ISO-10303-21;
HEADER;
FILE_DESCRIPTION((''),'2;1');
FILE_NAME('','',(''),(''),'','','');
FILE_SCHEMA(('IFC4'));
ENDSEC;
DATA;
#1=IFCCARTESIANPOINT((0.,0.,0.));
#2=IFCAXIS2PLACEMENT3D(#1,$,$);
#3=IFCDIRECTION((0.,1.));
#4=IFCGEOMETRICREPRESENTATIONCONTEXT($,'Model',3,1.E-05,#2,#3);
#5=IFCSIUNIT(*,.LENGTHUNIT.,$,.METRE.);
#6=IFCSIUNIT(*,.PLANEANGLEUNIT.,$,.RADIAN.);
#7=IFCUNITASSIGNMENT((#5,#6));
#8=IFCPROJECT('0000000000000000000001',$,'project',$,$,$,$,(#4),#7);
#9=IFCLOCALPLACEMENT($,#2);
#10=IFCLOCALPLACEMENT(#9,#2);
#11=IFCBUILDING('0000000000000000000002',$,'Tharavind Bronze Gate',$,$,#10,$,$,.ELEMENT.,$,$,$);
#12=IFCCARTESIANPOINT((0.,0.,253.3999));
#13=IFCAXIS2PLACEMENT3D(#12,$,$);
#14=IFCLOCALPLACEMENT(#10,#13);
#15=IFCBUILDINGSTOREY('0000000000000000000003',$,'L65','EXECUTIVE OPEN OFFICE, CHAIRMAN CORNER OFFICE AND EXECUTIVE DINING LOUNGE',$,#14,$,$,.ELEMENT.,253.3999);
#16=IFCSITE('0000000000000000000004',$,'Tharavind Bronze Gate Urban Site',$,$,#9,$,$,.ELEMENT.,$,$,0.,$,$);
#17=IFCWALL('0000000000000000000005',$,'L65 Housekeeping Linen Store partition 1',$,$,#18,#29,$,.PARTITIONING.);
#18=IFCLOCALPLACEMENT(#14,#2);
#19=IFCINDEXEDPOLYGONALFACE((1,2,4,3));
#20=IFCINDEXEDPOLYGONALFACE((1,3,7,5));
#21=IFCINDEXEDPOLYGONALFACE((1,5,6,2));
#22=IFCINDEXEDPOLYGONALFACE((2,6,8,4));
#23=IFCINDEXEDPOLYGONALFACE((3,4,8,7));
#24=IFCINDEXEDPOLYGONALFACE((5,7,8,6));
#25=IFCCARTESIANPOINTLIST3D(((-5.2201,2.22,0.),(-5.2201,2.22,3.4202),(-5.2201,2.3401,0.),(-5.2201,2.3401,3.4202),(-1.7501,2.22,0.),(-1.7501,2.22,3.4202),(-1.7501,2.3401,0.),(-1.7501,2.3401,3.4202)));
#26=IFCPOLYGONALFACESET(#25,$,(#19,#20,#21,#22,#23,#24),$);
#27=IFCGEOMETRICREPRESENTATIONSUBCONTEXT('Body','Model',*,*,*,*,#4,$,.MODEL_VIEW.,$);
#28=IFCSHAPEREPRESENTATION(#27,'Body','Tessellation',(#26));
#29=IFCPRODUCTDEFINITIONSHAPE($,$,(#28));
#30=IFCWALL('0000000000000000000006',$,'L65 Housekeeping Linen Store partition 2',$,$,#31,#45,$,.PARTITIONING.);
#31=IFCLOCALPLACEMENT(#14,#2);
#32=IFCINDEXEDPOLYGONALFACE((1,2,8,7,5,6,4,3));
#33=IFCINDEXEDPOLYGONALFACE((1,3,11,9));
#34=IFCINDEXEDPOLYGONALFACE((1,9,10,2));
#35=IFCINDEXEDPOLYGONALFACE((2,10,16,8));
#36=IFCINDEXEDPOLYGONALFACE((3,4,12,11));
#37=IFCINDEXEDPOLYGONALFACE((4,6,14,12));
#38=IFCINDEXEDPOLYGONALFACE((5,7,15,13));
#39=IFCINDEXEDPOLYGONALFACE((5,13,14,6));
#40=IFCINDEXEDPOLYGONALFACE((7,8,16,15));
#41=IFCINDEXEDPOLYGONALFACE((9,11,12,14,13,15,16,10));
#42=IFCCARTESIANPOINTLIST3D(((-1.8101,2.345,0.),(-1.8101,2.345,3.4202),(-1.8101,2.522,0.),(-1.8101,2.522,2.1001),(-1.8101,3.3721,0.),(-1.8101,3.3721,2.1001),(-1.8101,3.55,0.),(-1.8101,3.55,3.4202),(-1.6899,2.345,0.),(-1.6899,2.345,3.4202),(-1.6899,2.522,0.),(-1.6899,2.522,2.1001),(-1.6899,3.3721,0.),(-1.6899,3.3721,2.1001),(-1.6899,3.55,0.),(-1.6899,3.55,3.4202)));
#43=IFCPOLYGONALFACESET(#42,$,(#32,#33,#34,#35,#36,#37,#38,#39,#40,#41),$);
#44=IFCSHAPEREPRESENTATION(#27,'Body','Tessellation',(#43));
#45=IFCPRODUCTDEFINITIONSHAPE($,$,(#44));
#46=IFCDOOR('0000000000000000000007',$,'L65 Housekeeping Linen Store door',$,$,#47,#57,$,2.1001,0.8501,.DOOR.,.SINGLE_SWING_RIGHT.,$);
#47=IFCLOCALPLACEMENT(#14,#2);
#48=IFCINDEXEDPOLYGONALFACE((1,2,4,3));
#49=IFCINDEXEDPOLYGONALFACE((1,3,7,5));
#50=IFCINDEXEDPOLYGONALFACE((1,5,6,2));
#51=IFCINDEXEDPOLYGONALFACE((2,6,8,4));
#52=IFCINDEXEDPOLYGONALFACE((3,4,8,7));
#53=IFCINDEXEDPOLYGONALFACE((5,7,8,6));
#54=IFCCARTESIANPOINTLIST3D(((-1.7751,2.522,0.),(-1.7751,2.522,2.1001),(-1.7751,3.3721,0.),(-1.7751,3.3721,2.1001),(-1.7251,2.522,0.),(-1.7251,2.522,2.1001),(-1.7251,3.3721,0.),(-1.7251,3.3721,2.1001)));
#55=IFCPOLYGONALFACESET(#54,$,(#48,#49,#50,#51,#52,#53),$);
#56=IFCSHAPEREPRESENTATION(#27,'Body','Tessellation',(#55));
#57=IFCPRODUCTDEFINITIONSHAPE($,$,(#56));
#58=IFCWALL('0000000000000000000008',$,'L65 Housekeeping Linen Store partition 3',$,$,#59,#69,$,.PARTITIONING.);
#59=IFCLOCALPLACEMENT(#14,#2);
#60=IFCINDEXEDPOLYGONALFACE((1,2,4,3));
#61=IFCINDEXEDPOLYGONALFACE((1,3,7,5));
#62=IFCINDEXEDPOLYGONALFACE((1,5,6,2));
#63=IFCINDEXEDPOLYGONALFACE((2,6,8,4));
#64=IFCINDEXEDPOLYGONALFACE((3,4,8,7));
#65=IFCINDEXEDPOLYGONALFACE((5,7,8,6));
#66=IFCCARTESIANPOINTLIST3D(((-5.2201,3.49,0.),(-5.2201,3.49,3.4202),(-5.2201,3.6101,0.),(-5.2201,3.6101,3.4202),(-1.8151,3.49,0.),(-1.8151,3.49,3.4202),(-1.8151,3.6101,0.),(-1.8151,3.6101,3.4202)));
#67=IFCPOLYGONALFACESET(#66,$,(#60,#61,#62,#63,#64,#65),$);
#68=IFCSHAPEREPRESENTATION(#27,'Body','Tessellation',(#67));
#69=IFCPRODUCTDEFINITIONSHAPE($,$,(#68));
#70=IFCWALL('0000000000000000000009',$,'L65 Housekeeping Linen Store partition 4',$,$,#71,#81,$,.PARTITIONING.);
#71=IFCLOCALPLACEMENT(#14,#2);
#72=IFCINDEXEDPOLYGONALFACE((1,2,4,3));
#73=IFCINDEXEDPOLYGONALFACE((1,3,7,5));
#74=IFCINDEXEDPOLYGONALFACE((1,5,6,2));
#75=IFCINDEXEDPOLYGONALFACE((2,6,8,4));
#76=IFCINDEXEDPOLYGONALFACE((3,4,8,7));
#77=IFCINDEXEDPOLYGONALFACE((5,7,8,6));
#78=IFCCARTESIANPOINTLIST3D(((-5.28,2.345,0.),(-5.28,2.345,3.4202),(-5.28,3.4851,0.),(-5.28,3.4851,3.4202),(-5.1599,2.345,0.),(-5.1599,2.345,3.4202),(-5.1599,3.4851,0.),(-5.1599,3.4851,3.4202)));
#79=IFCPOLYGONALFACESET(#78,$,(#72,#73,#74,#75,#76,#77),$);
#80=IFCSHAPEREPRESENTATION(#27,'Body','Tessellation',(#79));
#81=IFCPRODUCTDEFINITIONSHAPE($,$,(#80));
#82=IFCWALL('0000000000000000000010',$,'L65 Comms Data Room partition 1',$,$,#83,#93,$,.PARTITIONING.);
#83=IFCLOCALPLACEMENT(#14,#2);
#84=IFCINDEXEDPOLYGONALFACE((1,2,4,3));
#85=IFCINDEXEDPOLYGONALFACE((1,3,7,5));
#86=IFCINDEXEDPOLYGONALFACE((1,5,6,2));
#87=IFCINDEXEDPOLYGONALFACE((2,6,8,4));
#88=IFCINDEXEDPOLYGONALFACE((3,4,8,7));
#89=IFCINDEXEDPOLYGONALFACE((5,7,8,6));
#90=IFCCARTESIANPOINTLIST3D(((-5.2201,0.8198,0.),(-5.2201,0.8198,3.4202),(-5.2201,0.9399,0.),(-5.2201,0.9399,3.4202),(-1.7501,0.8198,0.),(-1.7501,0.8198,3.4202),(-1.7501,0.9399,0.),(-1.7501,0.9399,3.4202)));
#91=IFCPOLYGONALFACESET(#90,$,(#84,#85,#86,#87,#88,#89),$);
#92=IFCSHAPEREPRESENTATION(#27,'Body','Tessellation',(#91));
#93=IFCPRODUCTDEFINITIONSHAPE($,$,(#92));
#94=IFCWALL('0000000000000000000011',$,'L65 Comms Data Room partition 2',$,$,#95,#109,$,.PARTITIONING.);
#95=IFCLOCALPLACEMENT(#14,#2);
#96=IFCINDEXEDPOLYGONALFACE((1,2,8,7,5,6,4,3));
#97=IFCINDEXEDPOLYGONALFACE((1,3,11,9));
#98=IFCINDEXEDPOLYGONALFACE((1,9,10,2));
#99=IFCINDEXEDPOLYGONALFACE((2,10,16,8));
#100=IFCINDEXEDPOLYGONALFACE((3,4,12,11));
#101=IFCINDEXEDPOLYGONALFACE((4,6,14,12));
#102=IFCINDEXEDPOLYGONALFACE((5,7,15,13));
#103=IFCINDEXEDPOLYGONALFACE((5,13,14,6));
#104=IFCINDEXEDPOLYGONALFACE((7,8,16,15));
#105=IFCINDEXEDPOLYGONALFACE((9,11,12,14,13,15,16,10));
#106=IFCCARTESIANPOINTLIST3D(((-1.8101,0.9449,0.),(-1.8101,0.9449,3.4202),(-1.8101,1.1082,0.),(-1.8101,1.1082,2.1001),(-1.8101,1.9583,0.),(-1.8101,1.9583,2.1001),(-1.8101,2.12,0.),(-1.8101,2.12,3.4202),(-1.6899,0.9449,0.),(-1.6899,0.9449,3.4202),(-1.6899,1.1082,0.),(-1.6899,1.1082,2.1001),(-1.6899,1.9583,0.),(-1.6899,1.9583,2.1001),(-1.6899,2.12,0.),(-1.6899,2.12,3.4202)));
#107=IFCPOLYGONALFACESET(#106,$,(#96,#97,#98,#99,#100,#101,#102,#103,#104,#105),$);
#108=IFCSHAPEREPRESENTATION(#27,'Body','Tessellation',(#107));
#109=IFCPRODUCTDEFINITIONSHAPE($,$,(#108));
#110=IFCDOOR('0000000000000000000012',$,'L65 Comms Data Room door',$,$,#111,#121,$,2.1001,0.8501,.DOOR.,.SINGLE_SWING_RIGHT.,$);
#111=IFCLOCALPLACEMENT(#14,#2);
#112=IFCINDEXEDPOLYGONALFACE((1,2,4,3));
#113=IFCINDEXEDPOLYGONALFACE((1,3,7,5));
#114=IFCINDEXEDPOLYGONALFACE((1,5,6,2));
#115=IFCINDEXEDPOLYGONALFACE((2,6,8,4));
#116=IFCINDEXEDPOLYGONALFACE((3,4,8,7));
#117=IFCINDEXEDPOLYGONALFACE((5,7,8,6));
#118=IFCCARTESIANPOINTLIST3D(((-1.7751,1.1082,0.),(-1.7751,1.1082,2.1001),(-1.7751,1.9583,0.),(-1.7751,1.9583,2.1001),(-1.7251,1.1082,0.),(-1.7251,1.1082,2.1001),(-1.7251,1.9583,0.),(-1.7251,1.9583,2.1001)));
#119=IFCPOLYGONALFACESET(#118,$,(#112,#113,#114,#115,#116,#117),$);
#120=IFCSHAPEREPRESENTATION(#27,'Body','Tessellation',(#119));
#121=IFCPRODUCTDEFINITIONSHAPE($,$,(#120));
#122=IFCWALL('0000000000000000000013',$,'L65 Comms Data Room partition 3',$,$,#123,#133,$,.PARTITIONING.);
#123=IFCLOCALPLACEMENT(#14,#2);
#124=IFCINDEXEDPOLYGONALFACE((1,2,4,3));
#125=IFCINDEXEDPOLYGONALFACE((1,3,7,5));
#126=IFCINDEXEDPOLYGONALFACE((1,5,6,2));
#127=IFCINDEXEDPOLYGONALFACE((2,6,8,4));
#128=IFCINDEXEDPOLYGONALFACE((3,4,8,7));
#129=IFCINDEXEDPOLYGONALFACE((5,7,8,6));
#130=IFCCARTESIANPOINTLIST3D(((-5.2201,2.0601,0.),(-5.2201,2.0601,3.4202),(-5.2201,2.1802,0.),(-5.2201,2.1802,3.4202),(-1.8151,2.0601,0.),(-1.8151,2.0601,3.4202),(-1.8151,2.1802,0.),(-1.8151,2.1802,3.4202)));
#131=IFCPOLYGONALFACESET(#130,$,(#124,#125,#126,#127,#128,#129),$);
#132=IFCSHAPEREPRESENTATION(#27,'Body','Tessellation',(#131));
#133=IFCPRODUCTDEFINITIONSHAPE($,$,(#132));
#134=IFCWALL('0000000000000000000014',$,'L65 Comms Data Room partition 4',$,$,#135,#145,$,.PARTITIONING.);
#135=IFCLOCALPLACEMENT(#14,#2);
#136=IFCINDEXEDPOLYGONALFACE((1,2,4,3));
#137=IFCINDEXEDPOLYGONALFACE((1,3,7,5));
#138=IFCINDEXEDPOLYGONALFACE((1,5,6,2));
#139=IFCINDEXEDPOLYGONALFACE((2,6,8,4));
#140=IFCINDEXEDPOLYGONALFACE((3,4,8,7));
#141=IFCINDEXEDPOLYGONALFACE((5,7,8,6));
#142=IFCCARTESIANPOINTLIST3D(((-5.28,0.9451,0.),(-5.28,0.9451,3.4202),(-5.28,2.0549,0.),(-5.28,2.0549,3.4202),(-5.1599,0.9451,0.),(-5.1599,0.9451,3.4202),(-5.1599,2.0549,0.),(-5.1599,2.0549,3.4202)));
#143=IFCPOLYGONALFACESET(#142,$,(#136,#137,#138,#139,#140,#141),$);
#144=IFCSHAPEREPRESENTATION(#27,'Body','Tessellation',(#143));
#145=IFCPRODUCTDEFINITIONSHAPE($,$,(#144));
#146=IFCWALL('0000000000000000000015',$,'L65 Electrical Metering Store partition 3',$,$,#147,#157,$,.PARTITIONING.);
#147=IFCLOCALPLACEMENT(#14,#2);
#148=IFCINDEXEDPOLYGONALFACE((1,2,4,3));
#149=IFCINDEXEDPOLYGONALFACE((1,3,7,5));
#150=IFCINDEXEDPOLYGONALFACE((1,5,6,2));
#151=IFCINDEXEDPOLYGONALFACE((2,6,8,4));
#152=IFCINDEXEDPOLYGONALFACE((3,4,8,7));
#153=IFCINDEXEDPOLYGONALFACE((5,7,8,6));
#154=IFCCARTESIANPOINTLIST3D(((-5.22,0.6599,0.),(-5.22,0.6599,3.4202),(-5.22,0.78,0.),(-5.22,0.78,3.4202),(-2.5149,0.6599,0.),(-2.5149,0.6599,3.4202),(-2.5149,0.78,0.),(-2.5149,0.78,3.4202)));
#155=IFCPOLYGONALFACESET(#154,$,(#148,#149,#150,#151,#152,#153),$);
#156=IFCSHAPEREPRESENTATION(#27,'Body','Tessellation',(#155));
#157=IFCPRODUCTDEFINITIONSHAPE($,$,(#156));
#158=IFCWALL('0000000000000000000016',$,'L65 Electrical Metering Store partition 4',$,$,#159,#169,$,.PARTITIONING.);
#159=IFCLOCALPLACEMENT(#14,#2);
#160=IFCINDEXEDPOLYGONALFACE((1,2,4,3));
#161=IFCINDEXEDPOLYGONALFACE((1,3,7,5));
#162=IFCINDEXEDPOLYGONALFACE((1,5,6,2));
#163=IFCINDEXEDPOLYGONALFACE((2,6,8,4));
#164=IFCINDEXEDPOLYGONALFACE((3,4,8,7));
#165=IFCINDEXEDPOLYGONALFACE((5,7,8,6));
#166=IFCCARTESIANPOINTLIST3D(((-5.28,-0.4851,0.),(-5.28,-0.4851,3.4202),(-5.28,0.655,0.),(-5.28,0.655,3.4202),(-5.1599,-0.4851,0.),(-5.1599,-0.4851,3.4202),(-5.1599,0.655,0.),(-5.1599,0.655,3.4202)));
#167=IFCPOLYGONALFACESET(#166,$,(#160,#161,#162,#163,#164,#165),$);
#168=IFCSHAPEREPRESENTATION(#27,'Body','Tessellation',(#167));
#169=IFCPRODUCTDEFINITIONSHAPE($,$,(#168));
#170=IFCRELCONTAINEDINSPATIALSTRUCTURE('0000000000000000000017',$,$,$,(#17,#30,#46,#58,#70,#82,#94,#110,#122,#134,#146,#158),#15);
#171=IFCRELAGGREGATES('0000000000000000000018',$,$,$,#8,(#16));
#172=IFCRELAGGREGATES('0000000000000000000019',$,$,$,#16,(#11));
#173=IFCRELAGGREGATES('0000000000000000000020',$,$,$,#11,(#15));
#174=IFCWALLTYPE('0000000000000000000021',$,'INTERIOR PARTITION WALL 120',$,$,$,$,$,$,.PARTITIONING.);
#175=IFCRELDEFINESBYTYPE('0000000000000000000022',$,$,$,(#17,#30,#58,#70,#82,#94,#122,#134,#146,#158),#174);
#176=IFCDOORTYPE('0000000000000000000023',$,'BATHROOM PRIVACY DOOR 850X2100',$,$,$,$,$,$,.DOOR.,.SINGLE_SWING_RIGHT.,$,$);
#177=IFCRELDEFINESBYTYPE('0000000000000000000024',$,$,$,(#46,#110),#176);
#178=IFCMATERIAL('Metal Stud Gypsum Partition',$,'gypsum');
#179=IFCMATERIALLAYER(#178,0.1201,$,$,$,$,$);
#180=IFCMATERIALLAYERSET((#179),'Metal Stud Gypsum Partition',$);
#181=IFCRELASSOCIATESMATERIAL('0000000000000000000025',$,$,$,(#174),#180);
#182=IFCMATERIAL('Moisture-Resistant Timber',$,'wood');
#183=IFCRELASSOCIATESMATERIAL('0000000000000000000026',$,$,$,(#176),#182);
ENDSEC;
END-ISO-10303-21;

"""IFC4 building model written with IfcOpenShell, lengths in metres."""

from ifc_helpers import new_model, si_unit, direction, frame, frame_2d, origin, place, context, subcontext, project, spatial, rectangle, extrude, material, layer, layer_set, type_object, element, fill, save


model = new_model("IFC4")

# Units and contexts
model_context = context("Model", 3, precision=1e-05, world=origin(), true_north=direction((0.0, 1.0)))
body_context = subcontext(model_context, "Body", "Model", "MODEL_VIEW")
ifc_project = project(units=[si_unit("LENGTHUNIT", "METRE"), si_unit("PLANEANGLEUNIT", "RADIAN")], contexts=[model_context])

# Site, building, storey
site_placement = place(None, origin())
site = spatial("IfcSite", under=ifc_project, at=site_placement, Name="Tharavind Bronze Gate Urban Site", CompositionType="ELEMENT", RefElevation=0.0)
building_placement = place(site_placement, origin())
building = spatial("IfcBuilding", under=site, at=building_placement, Name="Tharavind Bronze Gate", CompositionType="ELEMENT")
storey_placement = place(building_placement, frame((0.0, 0.0, 253.3999)))
storey = spatial("IfcBuildingStorey", under=building, at=storey_placement, Name="L65", Description="EXECUTIVE OPEN OFFICE, CHAIRMAN CORNER OFFICE AND EXECUTIVE DINING LOUNGE", CompositionType="ELEMENT", Elevation=253.3999)

# Wall
ifc_material_1 = material(Name="Metal Stud Gypsum Partition", Category="gypsum")
ifc_layer_1 = layer(ifc_material_1, 0.1201)
ifc_layer_set_1 = layer_set([ifc_layer_1], Name="Metal Stud Gypsum Partition")
wall_type = type_object("IfcWallType", Name="INTERIOR PARTITION WALL 120", PredefinedType="PARTITIONING", material=ifc_layer_set_1)
wall_1_placement = place(storey_placement, frame((-5.22, 2.28, 0.0), z_axis=(0.0, 0.0, 1.0), x_axis=(1.0, 0.0, 0.0)))
element("IfcWall", 1, at=wall_1_placement, inside=storey, type_object=wall_type, Name="L65 Housekeeping Linen Store partition 1", PredefinedType="PARTITIONING", context=body_context, shape_type="SweptSolid", body=[
    extrude(rectangle(XDim=3.47, YDim=0.1201, at=frame_2d((1.7349, 0.0))), origin(), (0.0, 0.0, 1.0), 3.4202),
])

# Wall, opening, door
wall_2_placement = place(storey_placement, frame((-1.75, 2.345, 0.0), z_axis=(0.0, 0.0, 1.0), x_axis=(0.0, 1.0, 0.0)))
wall_2 = element("IfcWall", 2, at=wall_2_placement, inside=storey, type_object=wall_type, Name="L65 Housekeeping Linen Store partition 2", PredefinedType="PARTITIONING", context=body_context, shape_type="SweptSolid", body=[
    extrude(rectangle(XDim=1.2051, YDim=0.1201, at=frame_2d((0.6025, 0.0))), origin(), (0.0, 0.0, 1.0), 3.4202),
])
opening_1_placement = place(wall_2_placement, frame((0.177, 0.0, 0.0)))
opening_1 = element("IfcOpeningElement", 3, at=opening_1_placement, cuts=wall_2, PredefinedType="OPENING", context=body_context, shape_type="SweptSolid", body=[
    extrude(rectangle(XDim=0.8501, YDim=2.1001, at=frame_2d((0.425, 1.05))), frame((0.0, 0.0701, 0.0), z_axis=(0.0, -1.0, 0.0), x_axis=(1.0, 0.0, 0.0)), (0.0, 0.0, 1.0), 0.1401),
])
ifc_material_2 = material(Name="Moisture-Resistant Timber", Category="wood")
door_type = type_object("IfcDoorType", Name="BATHROOM PRIVACY DOOR 850X2100", OperationType="SINGLE_SWING_RIGHT", PredefinedType="DOOR", material=ifc_material_2)
door_1_placement = place(opening_1_placement, frame((0.8501, 0.0, 0.0), z_axis=(0.0, 0.0, 1.0), x_axis=(-1.0, 0.0, 0.0)))
door_1 = element("IfcDoor", 4, at=door_1_placement, inside=storey, type_object=door_type, Name="L65 Housekeeping Linen Store door", OperationType="SINGLE_SWING_RIGHT", OverallHeight=2.1001, OverallWidth=0.8501, PredefinedType="DOOR", context=body_context, shape_type="SweptSolid", body=[
    extrude(rectangle(XDim=0.8501, YDim=2.1001, at=frame_2d((0.425, 1.05))), frame((0.0, 0.0249, 0.0), z_axis=(0.0, -1.0, 0.0), x_axis=(1.0, 0.0, 0.0)), (0.0, 0.0, 1.0), 0.05),
])
fill(opening_1, door_1)

# Walls
wall_3_placement = place(storey_placement, frame((-1.8149, 3.55, 0.0), z_axis=(0.0, 0.0, 1.0), x_axis=(-1.0, 0.0, 0.0)))
element("IfcWall", 5, at=wall_3_placement, inside=storey, type_object=wall_type, Name="L65 Housekeeping Linen Store partition 3", PredefinedType="PARTITIONING", context=body_context, shape_type="SweptSolid", body=[
    extrude(rectangle(XDim=3.405, YDim=0.1201, at=frame_2d((1.7026, 0.0))), origin(), (0.0, 0.0, 1.0), 3.4202),
])
wall_4_placement = place(storey_placement, frame((-5.22, 3.4851, 0.0), z_axis=(0.0, 0.0, 1.0), x_axis=(0.0, -1.0, 0.0)))
element("IfcWall", 6, at=wall_4_placement, inside=storey, type_object=wall_type, Name="L65 Housekeeping Linen Store partition 4", PredefinedType="PARTITIONING", context=body_context, shape_type="SweptSolid", body=[
    extrude(rectangle(XDim=1.1401, YDim=0.1201, at=frame_2d((0.5701, 0.0))), origin(), (0.0, 0.0, 1.0), 3.4202),
])
wall_5_placement = place(storey_placement, frame((-5.22, 0.8799, 0.0), z_axis=(0.0, 0.0, 1.0), x_axis=(1.0, 0.0, 0.0)))
element("IfcWall", 7, at=wall_5_placement, inside=storey, type_object=wall_type, Name="L65 Comms Data Room partition 1", PredefinedType="PARTITIONING", context=body_context, shape_type="SweptSolid", body=[
    extrude(rectangle(XDim=3.47, YDim=0.1201, at=frame_2d((1.7349, 0.0))), origin(), (0.0, 0.0, 1.0), 3.4202),
])

# Wall, opening, door
wall_6_placement = place(storey_placement, frame((-1.75, 0.9451, 0.0), z_axis=(0.0, 0.0, 1.0), x_axis=(0.0, 1.0, 0.0)))
wall_6 = element("IfcWall", 8, at=wall_6_placement, inside=storey, type_object=wall_type, Name="L65 Comms Data Room partition 2", PredefinedType="PARTITIONING", context=body_context, shape_type="SweptSolid", body=[
    extrude(rectangle(XDim=1.175, YDim=0.1201, at=frame_2d((0.5874, 0.0))), origin(), (0.0, 0.0, 1.0), 3.4202),
])
opening_2_placement = place(wall_6_placement, frame((0.1631, 0.0, 0.0)))
opening_2 = element("IfcOpeningElement", 9, at=opening_2_placement, cuts=wall_6, PredefinedType="OPENING", context=body_context, shape_type="SweptSolid", body=[
    extrude(rectangle(XDim=0.8501, YDim=2.1001, at=frame_2d((0.425, 1.05))), frame((0.0, 0.0701, 0.0), z_axis=(0.0, -1.0, 0.0), x_axis=(1.0, 0.0, 0.0)), (0.0, 0.0, 1.0), 0.1401),
])
door_2_placement = place(opening_2_placement, frame((0.8501, 0.0, 0.0), z_axis=(0.0, 0.0, 1.0), x_axis=(-1.0, 0.0, 0.0)))
door_2 = element("IfcDoor", 10, at=door_2_placement, inside=storey, type_object=door_type, Name="L65 Comms Data Room door", OperationType="SINGLE_SWING_RIGHT", OverallHeight=2.1001, OverallWidth=0.8501, PredefinedType="DOOR", context=body_context, shape_type="SweptSolid", body=[
    extrude(rectangle(XDim=0.8501, YDim=2.1001, at=frame_2d((0.425, 1.05))), frame((0.0, 0.0249, 0.0), z_axis=(0.0, -1.0, 0.0), x_axis=(1.0, 0.0, 0.0)), (0.0, 0.0, 1.0), 0.05),
])
fill(opening_2, door_2)

# Walls
wall_7_placement = place(storey_placement, frame((-1.8149, 2.1201, 0.0), z_axis=(0.0, 0.0, 1.0), x_axis=(-1.0, 0.0, 0.0)))
element("IfcWall", 11, at=wall_7_placement, inside=storey, type_object=wall_type, Name="L65 Comms Data Room partition 3", PredefinedType="PARTITIONING", context=body_context, shape_type="SweptSolid", body=[
    extrude(rectangle(XDim=3.405, YDim=0.1201, at=frame_2d((1.7026, 0.0))), origin(), (0.0, 0.0, 1.0), 3.4202),
])
wall_8_placement = place(storey_placement, frame((-5.22, 2.0549, 0.0), z_axis=(0.0, 0.0, 1.0), x_axis=(0.0, -1.0, 0.0)))
element("IfcWall", 12, at=wall_8_placement, inside=storey, type_object=wall_type, Name="L65 Comms Data Room partition 4", PredefinedType="PARTITIONING", context=body_context, shape_type="SweptSolid", body=[
    extrude(rectangle(XDim=1.1099, YDim=0.1201, at=frame_2d((0.5549, 0.0))), origin(), (0.0, 0.0, 1.0), 3.4202),
])
wall_9_placement = place(storey_placement, frame((-2.5149, 0.72, 0.0), z_axis=(0.0, 0.0, 1.0), x_axis=(-1.0, 0.0, 0.0)))
element("IfcWall", 13, at=wall_9_placement, inside=storey, type_object=wall_type, Name="L65 Electrical Metering Store partition 3", PredefinedType="PARTITIONING", context=body_context, shape_type="SweptSolid", body=[
    extrude(rectangle(XDim=2.7051, YDim=0.1201, at=frame_2d((1.3525, 0.0))), origin(), (0.0, 0.0, 1.0), 3.4202),
])
wall_10_placement = place(storey_placement, frame((-5.22, 0.655, 0.0), z_axis=(0.0, 0.0, 1.0), x_axis=(0.0, -1.0, 0.0)))
element("IfcWall", 14, at=wall_10_placement, inside=storey, type_object=wall_type, Name="L65 Electrical Metering Store partition 4", PredefinedType="PARTITIONING", context=body_context, shape_type="SweptSolid", body=[
    extrude(rectangle(XDim=1.1401, YDim=0.1201, at=frame_2d((0.5701, 0.0))), origin(), (0.0, 0.0, 1.0), 3.4202),
])

save(model, "model.ifc")
